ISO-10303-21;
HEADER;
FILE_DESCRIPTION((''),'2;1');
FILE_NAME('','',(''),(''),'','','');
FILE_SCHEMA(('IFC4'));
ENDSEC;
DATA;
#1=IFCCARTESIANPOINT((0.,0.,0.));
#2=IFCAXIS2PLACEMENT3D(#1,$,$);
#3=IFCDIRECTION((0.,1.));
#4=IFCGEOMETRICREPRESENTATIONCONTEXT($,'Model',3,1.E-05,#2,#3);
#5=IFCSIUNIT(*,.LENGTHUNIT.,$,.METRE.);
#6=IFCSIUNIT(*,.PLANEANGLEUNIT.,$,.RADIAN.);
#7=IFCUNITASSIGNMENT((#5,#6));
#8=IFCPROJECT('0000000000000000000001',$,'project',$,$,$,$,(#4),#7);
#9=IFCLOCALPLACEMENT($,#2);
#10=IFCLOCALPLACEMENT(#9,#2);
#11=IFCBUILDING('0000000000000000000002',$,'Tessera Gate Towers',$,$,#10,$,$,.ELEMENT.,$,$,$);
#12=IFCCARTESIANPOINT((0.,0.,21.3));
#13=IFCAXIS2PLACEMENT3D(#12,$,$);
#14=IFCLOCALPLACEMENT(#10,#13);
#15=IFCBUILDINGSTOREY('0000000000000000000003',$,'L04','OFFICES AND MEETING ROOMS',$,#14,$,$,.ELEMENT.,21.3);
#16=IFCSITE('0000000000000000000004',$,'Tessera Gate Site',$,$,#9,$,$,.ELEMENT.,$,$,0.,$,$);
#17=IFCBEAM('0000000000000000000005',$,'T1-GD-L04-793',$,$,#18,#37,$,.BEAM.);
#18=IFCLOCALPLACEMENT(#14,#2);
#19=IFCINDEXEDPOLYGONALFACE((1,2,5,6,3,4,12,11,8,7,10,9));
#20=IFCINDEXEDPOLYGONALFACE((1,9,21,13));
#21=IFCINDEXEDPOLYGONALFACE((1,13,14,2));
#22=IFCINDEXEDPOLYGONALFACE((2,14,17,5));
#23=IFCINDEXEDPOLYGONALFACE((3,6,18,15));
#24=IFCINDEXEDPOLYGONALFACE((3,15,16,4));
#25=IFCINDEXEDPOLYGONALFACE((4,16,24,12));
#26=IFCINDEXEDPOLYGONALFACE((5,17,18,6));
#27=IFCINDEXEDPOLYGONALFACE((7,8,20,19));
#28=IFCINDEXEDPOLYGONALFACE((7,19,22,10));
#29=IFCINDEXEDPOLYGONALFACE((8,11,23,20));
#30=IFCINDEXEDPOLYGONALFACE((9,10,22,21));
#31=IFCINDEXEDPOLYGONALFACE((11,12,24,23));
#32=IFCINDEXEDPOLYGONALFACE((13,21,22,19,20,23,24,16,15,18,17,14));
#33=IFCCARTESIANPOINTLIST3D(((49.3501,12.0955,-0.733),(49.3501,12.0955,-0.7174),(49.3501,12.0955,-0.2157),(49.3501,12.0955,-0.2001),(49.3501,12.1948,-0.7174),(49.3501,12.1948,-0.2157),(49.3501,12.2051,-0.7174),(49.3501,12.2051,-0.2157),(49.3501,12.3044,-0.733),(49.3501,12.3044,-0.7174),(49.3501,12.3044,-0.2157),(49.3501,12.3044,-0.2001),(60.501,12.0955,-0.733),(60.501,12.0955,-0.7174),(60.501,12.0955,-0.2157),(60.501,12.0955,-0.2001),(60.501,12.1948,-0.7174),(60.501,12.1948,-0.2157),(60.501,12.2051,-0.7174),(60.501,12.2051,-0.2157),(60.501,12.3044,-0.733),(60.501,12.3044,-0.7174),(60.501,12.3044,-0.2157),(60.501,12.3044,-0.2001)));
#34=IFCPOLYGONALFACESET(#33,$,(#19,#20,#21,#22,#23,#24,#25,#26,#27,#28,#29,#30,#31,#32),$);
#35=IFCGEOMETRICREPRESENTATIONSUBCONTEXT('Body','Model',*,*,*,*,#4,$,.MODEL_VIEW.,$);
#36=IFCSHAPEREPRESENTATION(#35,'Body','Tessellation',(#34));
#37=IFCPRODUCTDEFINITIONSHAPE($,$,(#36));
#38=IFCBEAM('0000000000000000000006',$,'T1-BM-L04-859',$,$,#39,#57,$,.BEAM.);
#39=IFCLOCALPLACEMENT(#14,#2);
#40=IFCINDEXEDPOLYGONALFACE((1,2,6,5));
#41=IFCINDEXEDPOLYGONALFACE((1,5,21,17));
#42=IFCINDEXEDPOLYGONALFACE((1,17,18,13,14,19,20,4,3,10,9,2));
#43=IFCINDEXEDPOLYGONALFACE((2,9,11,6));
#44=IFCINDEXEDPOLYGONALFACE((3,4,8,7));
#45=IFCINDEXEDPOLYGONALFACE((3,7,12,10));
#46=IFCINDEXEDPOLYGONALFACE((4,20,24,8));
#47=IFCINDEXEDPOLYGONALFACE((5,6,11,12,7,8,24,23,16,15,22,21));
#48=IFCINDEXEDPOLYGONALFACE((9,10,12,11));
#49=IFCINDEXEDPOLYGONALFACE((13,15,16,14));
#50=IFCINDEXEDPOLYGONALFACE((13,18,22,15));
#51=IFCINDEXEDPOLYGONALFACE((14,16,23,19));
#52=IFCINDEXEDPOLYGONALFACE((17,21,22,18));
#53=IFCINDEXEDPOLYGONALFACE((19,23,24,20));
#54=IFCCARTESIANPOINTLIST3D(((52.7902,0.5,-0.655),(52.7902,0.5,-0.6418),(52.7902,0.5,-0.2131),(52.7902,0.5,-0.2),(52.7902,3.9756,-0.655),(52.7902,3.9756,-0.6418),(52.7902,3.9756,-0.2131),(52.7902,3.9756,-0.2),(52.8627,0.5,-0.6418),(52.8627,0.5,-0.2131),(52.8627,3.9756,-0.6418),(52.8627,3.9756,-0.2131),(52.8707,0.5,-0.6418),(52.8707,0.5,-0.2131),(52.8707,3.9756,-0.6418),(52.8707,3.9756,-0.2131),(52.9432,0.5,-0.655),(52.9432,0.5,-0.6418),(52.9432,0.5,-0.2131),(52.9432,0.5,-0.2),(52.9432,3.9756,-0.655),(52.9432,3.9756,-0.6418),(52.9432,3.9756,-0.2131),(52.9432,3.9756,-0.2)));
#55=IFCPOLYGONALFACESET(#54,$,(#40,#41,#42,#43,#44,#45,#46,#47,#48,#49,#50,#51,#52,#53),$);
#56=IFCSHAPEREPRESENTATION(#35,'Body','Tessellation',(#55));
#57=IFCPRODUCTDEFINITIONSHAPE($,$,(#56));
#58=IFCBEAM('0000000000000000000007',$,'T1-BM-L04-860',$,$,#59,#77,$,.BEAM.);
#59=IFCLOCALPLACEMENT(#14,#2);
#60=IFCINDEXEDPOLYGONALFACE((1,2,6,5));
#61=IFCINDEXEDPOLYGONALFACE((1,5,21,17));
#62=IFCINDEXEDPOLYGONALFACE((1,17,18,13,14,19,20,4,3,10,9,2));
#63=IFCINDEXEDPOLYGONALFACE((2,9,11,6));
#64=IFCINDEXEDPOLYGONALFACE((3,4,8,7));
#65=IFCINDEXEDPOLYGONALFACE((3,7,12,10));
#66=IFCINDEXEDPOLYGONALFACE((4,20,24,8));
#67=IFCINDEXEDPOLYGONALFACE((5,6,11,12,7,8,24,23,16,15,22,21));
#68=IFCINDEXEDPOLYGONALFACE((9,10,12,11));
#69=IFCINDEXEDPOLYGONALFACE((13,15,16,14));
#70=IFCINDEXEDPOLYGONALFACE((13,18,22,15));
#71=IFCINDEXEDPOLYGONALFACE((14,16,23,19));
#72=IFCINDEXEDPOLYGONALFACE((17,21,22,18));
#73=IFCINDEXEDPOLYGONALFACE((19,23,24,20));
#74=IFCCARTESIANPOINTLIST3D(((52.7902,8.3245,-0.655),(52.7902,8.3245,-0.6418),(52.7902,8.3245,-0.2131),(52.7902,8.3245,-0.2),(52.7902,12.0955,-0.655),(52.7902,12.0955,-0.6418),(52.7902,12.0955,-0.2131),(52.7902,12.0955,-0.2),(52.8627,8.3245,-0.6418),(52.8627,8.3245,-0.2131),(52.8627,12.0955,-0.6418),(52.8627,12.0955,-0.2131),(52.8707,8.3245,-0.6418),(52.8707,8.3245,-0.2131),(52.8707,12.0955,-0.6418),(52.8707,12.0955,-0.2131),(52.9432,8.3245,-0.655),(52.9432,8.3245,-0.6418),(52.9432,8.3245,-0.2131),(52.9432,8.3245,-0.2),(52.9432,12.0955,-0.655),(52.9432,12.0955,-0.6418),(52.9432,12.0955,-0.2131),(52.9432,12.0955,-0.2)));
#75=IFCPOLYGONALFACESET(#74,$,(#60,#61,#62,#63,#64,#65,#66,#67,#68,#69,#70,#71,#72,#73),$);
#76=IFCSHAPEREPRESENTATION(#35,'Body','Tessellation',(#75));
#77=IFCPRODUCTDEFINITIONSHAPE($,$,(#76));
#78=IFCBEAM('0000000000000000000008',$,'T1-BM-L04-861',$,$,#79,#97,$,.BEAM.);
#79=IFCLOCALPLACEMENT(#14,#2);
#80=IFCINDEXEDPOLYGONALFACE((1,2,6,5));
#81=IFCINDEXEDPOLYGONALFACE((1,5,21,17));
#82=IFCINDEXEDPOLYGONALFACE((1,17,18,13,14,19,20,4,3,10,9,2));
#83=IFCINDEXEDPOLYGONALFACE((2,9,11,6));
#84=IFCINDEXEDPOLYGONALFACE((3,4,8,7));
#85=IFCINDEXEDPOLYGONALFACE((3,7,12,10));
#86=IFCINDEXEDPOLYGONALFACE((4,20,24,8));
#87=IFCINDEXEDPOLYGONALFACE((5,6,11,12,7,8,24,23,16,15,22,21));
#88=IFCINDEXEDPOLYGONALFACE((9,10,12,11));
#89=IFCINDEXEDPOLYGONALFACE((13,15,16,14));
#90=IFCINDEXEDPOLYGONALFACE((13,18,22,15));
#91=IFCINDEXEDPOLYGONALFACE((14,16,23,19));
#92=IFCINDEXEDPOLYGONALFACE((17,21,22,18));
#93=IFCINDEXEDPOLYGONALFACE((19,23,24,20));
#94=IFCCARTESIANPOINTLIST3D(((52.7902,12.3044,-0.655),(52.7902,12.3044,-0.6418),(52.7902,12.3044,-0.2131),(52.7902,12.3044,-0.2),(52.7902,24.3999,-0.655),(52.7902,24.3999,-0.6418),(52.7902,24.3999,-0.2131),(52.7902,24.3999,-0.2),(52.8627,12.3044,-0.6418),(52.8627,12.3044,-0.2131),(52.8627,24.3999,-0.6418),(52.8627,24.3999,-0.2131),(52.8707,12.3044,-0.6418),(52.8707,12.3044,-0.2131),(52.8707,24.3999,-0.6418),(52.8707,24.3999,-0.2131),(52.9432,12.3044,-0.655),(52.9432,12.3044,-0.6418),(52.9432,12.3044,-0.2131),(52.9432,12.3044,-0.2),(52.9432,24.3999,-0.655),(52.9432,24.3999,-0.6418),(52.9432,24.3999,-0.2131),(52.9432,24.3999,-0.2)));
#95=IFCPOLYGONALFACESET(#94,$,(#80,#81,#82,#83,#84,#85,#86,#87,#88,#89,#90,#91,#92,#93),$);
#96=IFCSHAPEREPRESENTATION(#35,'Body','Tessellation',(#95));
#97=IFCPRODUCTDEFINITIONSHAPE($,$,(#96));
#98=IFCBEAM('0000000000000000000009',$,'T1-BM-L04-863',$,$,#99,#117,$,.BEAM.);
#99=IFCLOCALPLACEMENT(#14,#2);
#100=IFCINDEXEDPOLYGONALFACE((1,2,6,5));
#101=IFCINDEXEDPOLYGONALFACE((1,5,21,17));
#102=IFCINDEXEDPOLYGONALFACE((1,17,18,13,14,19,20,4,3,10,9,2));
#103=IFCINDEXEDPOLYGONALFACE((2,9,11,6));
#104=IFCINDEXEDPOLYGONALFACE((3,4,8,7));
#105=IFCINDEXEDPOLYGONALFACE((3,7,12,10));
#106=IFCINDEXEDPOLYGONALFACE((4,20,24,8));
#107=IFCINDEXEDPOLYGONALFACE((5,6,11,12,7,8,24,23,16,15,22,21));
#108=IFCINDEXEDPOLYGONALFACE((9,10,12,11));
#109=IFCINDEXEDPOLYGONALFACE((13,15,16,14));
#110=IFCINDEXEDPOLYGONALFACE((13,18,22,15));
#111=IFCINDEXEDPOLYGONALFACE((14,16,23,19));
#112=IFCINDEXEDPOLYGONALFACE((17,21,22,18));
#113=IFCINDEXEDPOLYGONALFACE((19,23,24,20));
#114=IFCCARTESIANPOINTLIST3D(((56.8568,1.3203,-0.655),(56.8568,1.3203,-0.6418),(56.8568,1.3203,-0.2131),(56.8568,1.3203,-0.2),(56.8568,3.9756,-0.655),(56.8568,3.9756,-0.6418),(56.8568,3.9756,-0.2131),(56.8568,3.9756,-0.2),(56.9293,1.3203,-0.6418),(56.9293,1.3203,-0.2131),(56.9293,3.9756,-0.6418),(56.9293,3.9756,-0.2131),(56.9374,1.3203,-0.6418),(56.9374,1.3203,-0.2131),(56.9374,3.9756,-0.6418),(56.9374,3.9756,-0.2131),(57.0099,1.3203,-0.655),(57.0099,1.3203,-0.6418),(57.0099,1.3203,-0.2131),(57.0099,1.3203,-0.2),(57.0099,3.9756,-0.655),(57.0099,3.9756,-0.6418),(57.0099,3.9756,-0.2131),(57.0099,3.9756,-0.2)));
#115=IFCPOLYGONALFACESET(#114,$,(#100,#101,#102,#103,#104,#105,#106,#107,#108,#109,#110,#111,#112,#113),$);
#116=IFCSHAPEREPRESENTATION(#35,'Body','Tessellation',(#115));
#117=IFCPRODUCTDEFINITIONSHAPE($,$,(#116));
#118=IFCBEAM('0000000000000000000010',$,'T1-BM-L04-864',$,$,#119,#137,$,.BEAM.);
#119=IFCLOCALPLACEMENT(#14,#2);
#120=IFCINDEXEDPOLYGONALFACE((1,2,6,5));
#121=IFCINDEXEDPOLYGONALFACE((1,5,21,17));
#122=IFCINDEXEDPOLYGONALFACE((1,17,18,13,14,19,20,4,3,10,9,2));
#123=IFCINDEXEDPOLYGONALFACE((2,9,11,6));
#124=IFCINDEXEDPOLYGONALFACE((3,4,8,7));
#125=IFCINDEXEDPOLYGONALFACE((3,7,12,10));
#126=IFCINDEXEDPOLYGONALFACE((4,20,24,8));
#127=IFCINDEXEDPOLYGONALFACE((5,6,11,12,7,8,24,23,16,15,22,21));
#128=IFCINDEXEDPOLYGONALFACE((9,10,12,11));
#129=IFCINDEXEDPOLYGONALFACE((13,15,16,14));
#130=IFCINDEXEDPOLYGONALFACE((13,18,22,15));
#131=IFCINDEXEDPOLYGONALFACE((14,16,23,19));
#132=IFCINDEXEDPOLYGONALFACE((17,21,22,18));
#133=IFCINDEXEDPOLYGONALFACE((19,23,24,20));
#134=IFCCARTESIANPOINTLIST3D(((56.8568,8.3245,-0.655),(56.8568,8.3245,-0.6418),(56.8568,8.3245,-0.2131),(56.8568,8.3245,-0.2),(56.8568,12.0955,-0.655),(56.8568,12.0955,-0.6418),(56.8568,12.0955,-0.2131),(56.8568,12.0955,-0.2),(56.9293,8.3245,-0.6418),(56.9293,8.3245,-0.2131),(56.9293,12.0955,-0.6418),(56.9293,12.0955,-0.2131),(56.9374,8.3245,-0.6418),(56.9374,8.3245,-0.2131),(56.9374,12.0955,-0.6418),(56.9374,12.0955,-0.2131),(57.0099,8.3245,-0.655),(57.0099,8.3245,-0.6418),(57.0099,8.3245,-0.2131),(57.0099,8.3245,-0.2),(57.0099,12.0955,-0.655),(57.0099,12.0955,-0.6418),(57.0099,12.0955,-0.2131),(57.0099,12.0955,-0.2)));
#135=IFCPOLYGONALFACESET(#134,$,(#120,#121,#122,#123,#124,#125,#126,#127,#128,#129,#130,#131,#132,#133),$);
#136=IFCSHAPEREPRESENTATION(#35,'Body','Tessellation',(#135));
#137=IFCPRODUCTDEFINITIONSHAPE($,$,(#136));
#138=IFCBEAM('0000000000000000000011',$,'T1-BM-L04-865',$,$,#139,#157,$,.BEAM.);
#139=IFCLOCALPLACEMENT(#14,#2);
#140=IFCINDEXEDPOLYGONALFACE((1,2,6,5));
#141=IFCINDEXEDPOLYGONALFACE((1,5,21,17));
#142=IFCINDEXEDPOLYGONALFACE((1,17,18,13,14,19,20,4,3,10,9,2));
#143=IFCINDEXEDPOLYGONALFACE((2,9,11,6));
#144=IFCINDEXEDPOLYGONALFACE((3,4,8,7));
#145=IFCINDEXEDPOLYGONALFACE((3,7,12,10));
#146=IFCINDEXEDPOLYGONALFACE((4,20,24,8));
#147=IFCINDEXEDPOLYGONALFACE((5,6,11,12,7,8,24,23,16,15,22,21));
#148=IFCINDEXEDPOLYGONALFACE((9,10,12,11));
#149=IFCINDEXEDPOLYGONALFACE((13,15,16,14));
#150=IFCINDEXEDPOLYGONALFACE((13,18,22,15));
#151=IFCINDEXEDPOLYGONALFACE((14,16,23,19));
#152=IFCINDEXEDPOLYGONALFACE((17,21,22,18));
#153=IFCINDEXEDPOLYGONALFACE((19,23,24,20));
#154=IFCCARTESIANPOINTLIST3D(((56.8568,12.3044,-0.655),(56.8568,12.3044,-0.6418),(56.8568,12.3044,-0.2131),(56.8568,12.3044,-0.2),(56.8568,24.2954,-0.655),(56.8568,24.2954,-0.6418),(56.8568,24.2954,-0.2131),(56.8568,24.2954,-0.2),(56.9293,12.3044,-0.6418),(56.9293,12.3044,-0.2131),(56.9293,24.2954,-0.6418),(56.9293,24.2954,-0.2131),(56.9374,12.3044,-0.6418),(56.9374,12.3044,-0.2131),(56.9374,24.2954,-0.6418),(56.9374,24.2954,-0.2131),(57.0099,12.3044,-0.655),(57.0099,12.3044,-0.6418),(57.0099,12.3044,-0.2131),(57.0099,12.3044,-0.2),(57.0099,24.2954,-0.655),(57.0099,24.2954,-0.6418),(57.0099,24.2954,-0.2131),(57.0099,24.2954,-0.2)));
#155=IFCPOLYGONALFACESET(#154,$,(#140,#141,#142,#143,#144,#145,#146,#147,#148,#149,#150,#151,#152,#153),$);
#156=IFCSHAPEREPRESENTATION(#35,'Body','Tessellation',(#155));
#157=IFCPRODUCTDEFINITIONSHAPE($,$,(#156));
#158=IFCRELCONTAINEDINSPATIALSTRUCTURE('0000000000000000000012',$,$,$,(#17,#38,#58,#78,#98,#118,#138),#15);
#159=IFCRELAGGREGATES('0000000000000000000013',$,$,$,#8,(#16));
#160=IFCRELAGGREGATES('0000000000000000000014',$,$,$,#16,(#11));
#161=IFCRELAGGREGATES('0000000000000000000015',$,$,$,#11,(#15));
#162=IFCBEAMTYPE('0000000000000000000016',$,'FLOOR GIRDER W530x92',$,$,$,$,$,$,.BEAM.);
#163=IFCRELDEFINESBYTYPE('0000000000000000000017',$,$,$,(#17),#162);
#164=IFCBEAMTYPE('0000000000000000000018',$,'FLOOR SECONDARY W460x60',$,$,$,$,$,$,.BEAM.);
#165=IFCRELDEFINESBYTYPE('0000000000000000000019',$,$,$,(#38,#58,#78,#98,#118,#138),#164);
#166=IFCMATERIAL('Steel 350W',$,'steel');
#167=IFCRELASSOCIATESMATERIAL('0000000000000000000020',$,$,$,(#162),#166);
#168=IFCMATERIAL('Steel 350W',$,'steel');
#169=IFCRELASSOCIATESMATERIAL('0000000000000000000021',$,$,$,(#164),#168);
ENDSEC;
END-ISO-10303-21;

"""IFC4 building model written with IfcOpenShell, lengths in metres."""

from ifc_helpers import new_model, si_unit, direction, frame, origin, origin_2d, place, context, subcontext, project, spatial, i_section, extrude, material, material_profile, profile_set, type_object, element, save


model = new_model("IFC4")

# Units and contexts
model_context = context("Model", 3, precision=1e-05, world=origin(), true_north=direction((0.0, 1.0)))
body_context = subcontext(model_context, "Body", "Model", "MODEL_VIEW")
ifc_project = project(units=[si_unit("LENGTHUNIT", "METRE"), si_unit("PLANEANGLEUNIT", "RADIAN")], contexts=[model_context])

# Site, building, storey
site_placement = place(None, origin())
site = spatial("IfcSite", under=ifc_project, at=site_placement, Name="Tessera Gate Site", CompositionType="ELEMENT", RefElevation=0.0)
building_placement = place(site_placement, origin())
building = spatial("IfcBuilding", under=site, at=building_placement, Name="Tessera Gate Towers", CompositionType="ELEMENT")
storey_placement = place(building_placement, frame((0.0, 0.0, 21.3)))
storey = spatial("IfcBuildingStorey", under=building, at=storey_placement, Name="L04", Description="OFFICES AND MEETING ROOMS", CompositionType="ELEMENT", Elevation=21.3)

# Beams
ifc_material_1 = material(Name="Steel 350W", Category="steel")
ifc_material_profile_1 = material_profile(ifc_material_1, i_section(OverallWidth=0.209, OverallDepth=0.533, WebThickness=0.0103, FlangeThickness=0.0156, at=origin_2d()), Name="W530x92")
ifc_profile_set_1 = profile_set([ifc_material_profile_1], Name="Steel 350W")
beam_type_1 = type_object("IfcBeamType", Name="FLOOR GIRDER W530x92", PredefinedType="BEAM", material=ifc_profile_set_1)
beam_1_placement = place(storey_placement, frame((49.3501, 12.2, -0.4666), z_axis=(1.0, 0.0, 0.0), x_axis=(0.0, 1.0, 0.0)))
element("IfcBeam", 1, at=beam_1_placement, inside=storey, type_object=beam_type_1, Name="T1-GD-L04-793", PredefinedType="BEAM", context=body_context, shape_type="SweptSolid", body=[
    extrude(i_section(OverallWidth=0.209, OverallDepth=0.533, WebThickness=0.0103, FlangeThickness=0.0156, at=origin_2d()), origin(), (0.0, 0.0, 1.0), 11.1509),
])
ifc_material_2 = material(Name="Steel 350W", Category="steel")
ifc_material_profile_2 = material_profile(ifc_material_2, i_section(OverallWidth=0.1531, OverallDepth=0.4551, WebThickness=0.0081, FlangeThickness=0.0132, at=origin_2d()), Name="W460x60")
ifc_profile_set_2 = profile_set([ifc_material_profile_2], Name="Steel 350W")
beam_type_2 = type_object("IfcBeamType", Name="FLOOR SECONDARY W460x60", PredefinedType="BEAM", material=ifc_profile_set_2)
beam_2_placement = place(storey_placement, frame((52.8667, 0.5, -0.4275), z_axis=(0.0, 1.0, 0.0), x_axis=(-1.0, 0.0, 0.0)))
element("IfcBeam", 2, at=beam_2_placement, inside=storey, type_object=beam_type_2, Name="T1-BM-L04-859", PredefinedType="BEAM", context=body_context, shape_type="SweptSolid", body=[
    extrude(i_section(OverallWidth=0.1531, OverallDepth=0.4551, WebThickness=0.0081, FlangeThickness=0.0132, at=origin_2d()), origin(), (0.0, 0.0, 1.0), 3.4756),
])
beam_3_placement = place(storey_placement, frame((52.8667, 8.3245, -0.4275), z_axis=(0.0, 1.0, 0.0), x_axis=(-1.0, 0.0, 0.0)))
element("IfcBeam", 3, at=beam_3_placement, inside=storey, type_object=beam_type_2, Name="T1-BM-L04-860", PredefinedType="BEAM", context=body_context, shape_type="SweptSolid", body=[
    extrude(i_section(OverallWidth=0.1531, OverallDepth=0.4551, WebThickness=0.0081, FlangeThickness=0.0132, at=origin_2d()), origin(), (0.0, 0.0, 1.0), 3.771),
])
beam_4_placement = place(storey_placement, frame((52.8667, 12.3044, -0.4275), z_axis=(0.0, 1.0, 0.0), x_axis=(-1.0, 0.0, 0.0)))
element("IfcBeam", 4, at=beam_4_placement, inside=storey, type_object=beam_type_2, Name="T1-BM-L04-861", PredefinedType="BEAM", context=body_context, shape_type="SweptSolid", body=[
    extrude(i_section(OverallWidth=0.1531, OverallDepth=0.4551, WebThickness=0.0081, FlangeThickness=0.0132, at=origin_2d()), origin(), (0.0, 0.0, 1.0), 12.0955),
])
beam_5_placement = place(storey_placement, frame((56.9333, 1.3203, -0.4275), z_axis=(0.0, 1.0, 0.0), x_axis=(-1.0, 0.0, 0.0)))
element("IfcBeam", 5, at=beam_5_placement, inside=storey, type_object=beam_type_2, Name="T1-BM-L04-863", PredefinedType="BEAM", context=body_context, shape_type="SweptSolid", body=[
    extrude(i_section(OverallWidth=0.1531, OverallDepth=0.4551, WebThickness=0.0081, FlangeThickness=0.0132, at=origin_2d()), origin(), (0.0, 0.0, 1.0), 2.6553),
])
beam_6_placement = place(storey_placement, frame((56.9333, 8.3245, -0.4275), z_axis=(0.0, 1.0, 0.0), x_axis=(-1.0, 0.0, 0.0)))
element("IfcBeam", 6, at=beam_6_placement, inside=storey, type_object=beam_type_2, Name="T1-BM-L04-864", PredefinedType="BEAM", context=body_context, shape_type="SweptSolid", body=[
    extrude(i_section(OverallWidth=0.1531, OverallDepth=0.4551, WebThickness=0.0081, FlangeThickness=0.0132, at=origin_2d()), origin(), (0.0, 0.0, 1.0), 3.771),
])
beam_7_placement = place(storey_placement, frame((56.9333, 12.3044, -0.4275), z_axis=(0.0, 1.0, 0.0), x_axis=(-1.0, 0.0, 0.0)))
element("IfcBeam", 7, at=beam_7_placement, inside=storey, type_object=beam_type_2, Name="T1-BM-L04-865", PredefinedType="BEAM", context=body_context, shape_type="SweptSolid", body=[
    extrude(i_section(OverallWidth=0.1531, OverallDepth=0.4551, WebThickness=0.0081, FlangeThickness=0.0132, at=origin_2d()), origin(), (0.0, 0.0, 1.0), 11.991),
])

save(model, "model.ifc")
